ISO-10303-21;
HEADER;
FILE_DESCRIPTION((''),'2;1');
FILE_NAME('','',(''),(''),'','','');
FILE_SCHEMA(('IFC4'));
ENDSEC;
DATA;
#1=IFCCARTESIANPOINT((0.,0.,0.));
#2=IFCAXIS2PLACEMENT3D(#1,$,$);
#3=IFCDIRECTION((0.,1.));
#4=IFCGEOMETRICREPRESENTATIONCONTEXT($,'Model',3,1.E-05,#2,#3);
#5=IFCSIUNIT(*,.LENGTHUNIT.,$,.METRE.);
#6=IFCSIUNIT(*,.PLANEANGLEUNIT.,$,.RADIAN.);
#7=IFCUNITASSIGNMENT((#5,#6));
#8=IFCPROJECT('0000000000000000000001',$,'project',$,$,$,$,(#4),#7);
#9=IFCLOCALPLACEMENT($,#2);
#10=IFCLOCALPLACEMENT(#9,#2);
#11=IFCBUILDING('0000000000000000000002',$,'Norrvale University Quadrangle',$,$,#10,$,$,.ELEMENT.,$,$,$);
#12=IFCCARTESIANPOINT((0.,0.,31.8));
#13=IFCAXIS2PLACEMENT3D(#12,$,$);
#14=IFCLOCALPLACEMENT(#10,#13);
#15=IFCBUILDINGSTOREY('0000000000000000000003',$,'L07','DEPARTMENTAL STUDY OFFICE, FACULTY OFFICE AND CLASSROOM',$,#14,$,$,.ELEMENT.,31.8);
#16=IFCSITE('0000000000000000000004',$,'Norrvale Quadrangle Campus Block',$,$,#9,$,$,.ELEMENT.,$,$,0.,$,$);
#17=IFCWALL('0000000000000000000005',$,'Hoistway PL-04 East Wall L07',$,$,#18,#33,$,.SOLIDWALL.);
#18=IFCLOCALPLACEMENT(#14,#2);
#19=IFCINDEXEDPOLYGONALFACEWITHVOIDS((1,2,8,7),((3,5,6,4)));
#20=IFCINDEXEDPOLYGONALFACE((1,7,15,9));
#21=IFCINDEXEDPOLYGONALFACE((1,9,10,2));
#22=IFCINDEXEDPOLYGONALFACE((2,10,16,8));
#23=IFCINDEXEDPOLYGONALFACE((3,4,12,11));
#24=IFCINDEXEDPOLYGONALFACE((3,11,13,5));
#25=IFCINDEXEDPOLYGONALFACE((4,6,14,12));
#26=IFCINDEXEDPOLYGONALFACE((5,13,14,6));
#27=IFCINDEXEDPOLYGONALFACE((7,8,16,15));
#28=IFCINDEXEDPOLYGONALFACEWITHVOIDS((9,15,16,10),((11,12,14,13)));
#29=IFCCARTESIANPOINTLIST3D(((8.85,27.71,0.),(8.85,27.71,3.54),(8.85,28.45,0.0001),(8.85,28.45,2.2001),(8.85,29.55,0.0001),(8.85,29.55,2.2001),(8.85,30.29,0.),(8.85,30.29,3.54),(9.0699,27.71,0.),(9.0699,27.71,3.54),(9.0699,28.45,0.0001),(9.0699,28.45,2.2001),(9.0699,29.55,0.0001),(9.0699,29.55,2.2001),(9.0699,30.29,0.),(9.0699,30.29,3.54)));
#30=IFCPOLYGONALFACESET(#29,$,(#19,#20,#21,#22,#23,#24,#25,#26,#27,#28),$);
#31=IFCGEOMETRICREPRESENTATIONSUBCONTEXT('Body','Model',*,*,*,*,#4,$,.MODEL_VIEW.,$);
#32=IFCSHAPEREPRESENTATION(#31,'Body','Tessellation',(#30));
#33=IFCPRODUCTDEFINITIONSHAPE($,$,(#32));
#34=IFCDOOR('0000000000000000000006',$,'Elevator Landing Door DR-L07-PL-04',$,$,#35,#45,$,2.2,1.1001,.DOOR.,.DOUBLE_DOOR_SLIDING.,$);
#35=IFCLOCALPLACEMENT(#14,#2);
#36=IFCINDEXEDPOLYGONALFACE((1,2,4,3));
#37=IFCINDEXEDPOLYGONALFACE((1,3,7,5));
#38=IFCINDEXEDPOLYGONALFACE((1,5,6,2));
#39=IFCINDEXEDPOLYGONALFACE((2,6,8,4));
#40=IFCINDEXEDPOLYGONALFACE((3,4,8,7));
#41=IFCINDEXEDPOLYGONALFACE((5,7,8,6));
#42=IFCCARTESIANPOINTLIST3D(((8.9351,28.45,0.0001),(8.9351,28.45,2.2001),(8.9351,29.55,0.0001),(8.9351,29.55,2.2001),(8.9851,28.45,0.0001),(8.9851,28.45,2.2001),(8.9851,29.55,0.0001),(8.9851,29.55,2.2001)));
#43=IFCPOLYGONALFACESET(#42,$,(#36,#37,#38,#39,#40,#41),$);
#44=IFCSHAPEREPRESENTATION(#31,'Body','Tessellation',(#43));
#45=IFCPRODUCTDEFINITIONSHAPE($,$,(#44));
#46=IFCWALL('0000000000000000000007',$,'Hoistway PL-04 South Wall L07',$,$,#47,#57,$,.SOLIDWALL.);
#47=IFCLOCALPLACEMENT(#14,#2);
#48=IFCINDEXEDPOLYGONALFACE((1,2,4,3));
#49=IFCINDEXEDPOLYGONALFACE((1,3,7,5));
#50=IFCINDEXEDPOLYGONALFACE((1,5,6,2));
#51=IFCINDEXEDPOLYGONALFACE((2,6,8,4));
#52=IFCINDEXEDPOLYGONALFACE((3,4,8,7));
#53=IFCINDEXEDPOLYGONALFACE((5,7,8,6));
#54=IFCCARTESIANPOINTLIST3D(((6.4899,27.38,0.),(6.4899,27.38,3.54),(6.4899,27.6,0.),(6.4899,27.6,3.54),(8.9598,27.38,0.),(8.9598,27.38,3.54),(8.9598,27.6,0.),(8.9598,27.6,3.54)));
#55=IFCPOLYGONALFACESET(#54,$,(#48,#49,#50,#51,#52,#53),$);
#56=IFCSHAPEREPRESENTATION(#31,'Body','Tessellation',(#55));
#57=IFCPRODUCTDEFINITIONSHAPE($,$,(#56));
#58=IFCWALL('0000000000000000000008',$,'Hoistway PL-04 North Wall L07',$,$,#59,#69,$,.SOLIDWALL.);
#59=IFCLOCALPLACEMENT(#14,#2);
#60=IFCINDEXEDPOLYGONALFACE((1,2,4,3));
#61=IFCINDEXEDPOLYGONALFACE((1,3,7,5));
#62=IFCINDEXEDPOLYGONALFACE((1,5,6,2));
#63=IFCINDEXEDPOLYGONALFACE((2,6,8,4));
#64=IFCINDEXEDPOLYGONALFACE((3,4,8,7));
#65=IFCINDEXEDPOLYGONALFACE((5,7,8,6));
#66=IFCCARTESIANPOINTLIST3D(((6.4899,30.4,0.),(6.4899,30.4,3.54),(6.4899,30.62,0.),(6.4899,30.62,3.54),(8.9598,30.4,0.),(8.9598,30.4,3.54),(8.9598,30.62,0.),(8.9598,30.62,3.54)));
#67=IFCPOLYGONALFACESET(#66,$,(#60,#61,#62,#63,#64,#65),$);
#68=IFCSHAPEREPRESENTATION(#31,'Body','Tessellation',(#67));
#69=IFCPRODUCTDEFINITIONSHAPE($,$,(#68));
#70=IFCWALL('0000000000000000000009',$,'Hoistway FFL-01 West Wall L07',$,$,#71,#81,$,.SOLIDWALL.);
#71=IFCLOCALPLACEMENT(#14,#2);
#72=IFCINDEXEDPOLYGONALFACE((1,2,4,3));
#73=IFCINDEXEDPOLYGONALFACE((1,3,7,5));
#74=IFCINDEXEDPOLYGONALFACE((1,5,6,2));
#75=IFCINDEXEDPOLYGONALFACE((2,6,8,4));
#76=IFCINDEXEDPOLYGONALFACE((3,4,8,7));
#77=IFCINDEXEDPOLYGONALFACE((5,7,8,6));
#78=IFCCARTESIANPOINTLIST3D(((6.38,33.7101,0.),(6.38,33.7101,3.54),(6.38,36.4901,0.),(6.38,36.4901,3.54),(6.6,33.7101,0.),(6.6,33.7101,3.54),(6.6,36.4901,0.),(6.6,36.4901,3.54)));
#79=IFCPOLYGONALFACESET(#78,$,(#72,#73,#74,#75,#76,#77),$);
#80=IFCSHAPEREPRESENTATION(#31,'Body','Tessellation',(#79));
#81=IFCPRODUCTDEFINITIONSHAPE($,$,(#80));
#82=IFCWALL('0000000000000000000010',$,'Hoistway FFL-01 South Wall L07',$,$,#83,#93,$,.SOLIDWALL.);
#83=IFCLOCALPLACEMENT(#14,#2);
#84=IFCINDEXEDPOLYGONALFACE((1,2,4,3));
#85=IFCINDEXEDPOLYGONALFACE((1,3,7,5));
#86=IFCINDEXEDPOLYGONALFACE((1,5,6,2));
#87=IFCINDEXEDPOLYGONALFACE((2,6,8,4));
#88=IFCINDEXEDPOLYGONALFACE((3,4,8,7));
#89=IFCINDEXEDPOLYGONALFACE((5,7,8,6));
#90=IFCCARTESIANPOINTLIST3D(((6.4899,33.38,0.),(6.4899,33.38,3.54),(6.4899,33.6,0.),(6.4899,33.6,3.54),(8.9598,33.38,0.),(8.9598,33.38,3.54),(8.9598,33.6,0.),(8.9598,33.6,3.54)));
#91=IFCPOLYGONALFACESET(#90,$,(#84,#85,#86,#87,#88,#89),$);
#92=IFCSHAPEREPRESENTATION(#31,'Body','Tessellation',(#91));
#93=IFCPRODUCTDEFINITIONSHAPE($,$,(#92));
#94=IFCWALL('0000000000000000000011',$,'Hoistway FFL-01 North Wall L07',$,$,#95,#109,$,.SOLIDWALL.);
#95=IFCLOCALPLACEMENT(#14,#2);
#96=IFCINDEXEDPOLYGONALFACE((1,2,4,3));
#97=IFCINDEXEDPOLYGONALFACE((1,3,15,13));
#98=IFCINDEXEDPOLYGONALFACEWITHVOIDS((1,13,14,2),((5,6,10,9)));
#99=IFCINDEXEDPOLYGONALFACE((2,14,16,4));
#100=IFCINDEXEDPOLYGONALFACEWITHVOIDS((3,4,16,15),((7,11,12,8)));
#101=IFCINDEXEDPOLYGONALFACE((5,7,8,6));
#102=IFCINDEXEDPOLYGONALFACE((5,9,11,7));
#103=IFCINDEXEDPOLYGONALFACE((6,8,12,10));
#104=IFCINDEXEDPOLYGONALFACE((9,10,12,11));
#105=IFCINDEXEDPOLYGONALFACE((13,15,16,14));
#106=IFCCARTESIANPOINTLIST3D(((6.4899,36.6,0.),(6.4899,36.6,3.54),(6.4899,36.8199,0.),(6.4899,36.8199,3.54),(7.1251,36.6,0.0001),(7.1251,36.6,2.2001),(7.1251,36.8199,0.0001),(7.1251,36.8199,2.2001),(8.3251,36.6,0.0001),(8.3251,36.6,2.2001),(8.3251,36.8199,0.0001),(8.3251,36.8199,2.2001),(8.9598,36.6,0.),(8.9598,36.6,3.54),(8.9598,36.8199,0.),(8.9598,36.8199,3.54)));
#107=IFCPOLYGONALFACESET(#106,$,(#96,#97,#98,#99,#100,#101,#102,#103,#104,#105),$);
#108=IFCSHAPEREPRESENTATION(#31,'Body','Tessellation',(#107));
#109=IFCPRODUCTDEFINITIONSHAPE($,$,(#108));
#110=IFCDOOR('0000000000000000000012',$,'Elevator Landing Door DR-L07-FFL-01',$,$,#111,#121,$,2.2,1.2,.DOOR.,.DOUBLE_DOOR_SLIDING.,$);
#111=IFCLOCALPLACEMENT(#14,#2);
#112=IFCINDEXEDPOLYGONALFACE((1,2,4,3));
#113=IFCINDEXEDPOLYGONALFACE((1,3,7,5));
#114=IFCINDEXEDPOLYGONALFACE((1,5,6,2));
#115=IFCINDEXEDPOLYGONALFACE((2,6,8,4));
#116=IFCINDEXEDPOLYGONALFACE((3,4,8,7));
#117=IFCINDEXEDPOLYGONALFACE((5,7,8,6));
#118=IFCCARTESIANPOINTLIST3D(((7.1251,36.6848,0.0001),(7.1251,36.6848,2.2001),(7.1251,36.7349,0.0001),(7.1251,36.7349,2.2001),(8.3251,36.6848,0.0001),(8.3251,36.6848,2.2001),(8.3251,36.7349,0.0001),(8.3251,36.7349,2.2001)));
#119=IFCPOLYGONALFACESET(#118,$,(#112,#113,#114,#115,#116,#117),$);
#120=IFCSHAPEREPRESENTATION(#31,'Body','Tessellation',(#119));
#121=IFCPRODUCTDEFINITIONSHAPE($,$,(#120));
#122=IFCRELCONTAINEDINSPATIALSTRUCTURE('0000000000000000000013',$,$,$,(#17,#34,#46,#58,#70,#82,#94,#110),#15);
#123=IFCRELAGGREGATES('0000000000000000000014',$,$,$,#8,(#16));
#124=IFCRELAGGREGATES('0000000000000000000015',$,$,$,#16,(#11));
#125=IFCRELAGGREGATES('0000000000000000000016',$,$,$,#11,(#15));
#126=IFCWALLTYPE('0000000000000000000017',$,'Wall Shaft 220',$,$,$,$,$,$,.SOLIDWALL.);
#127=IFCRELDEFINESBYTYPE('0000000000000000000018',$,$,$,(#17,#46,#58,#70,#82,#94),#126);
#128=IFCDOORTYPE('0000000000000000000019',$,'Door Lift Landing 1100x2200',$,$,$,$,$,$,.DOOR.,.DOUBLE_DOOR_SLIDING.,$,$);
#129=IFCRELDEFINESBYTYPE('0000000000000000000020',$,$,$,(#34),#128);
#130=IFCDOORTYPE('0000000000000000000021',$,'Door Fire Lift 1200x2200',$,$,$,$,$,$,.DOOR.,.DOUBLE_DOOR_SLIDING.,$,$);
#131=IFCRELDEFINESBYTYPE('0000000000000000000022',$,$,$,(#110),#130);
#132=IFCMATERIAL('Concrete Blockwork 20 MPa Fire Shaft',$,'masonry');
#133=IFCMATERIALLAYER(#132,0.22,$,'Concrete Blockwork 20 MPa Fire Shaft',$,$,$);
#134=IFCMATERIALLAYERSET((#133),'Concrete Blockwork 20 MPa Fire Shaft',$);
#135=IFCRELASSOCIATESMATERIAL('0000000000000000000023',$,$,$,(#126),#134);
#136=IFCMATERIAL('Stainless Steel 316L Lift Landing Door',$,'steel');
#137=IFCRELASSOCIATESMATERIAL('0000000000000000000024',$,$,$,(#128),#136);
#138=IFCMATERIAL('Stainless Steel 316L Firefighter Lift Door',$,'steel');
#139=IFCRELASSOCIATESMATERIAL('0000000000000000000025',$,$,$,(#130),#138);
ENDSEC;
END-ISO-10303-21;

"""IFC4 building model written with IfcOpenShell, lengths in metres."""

from ifc_helpers import new_model, si_unit, direction, frame, frame_2d, origin, place, context, subcontext, project, spatial, rectangle, extrude, material, layer, layer_set, type_object, element, fill, save


model = new_model("IFC4")

# Units and contexts
model_context = context("Model", 3, precision=1e-05, world=origin(), true_north=direction((0.0, 1.0)))
body_context = subcontext(model_context, "Body", "Model", "MODEL_VIEW")
ifc_project = project(units=[si_unit("LENGTHUNIT", "METRE"), si_unit("PLANEANGLEUNIT", "RADIAN")], contexts=[model_context])

# Site, building, storey
site_placement = place(None, origin())
site = spatial("IfcSite", under=ifc_project, at=site_placement, Name="Norrvale Quadrangle Campus Block", CompositionType="ELEMENT", RefElevation=0.0)
building_placement = place(site_placement, origin())
building = spatial("IfcBuilding", under=site, at=building_placement, Name="Norrvale University Quadrangle", CompositionType="ELEMENT")
storey_placement = place(building_placement, frame((0.0, 0.0, 31.8)))
storey = spatial("IfcBuildingStorey", under=building, at=storey_placement, Name="L07", Description="DEPARTMENTAL STUDY OFFICE, FACULTY OFFICE AND CLASSROOM", CompositionType="ELEMENT", Elevation=31.8)

# Shared definitions
ifc_material_1 = material(Name="Concrete Blockwork 20 MPa Fire Shaft", Category="masonry")
ifc_layer_1 = layer(ifc_material_1, 0.22, Name="Concrete Blockwork 20 MPa Fire Shaft")
ifc_layer_set_1 = layer_set([ifc_layer_1], Name="Concrete Blockwork 20 MPa Fire Shaft")
wall_type_1 = type_object("IfcWallType", Name="Wall Shaft 220", PredefinedType="SOLIDWALL", material=ifc_layer_set_1)

# Shared definitions
ifc_material_2 = material(Name="Stainless Steel 316L Lift Landing Door", Category="steel")
door_type_1 = type_object("IfcDoorType", Name="Door Lift Landing 1100x2200", OperationType="DOUBLE_DOOR_SLIDING", PredefinedType="DOOR", material=ifc_material_2)

# Wall, opening, door
wall_1_placement = place(storey_placement, frame((8.96, 27.71, 0.0), z_axis=(0.0, 0.0, 1.0), x_axis=(0.0, 1.0, 0.0)))
wall_1 = element("IfcWall", 1, at=wall_1_placement, inside=storey, type_object=wall_type_1, Name="Hoistway PL-04 East Wall L07", PredefinedType="SOLIDWALL", context=body_context, shape_type="SweptSolid", body=[
    extrude(rectangle(XDim=2.5801, YDim=0.22, at=frame_2d((1.29, 0.0))), origin(), (0.0, 0.0, 1.0), 3.54),
])
opening_1_placement = place(wall_1_placement, frame((0.74, 0.0, 0.0)))
opening_1 = element("IfcOpeningElement", 2, at=opening_1_placement, cuts=wall_1, PredefinedType="OPENING", context=body_context, shape_type="SweptSolid", body=[
    extrude(rectangle(XDim=1.1001, YDim=2.2, at=frame_2d((0.55, 1.1001))), frame((0.0, 0.1221, 0.0), z_axis=(0.0, -1.0, 0.0), x_axis=(1.0, 0.0, 0.0)), (0.0, 0.0, 1.0), 0.2439),
])
door_1_placement = place(opening_1_placement, origin())
door_1 = element("IfcDoor", 3, at=door_1_placement, inside=storey, type_object=door_type_1, Name="Elevator Landing Door DR-L07-PL-04", OperationType="DOUBLE_DOOR_SLIDING", OverallHeight=2.2, OverallWidth=1.1001, PredefinedType="DOOR", context=body_context, shape_type="SweptSolid", body=[
    extrude(rectangle(XDim=1.1001, YDim=2.2, at=frame_2d((0.55, 1.1001))), frame((0.0, 0.0249, 0.0), z_axis=(0.0, -1.0, 0.0), x_axis=(1.0, 0.0, 0.0)), (0.0, 0.0, 1.0), 0.05),
])
fill(opening_1, door_1)

# Walls
for number, where, z_axis, x_axis, name in (
    (4, (6.49, 27.49, 0.0), (0.0, 0.0, 1.0), (1.0, 0.0, 0.0), "Hoistway PL-04 South Wall L07"),
    (5, (6.49, 30.51, 0.0), (0.0, 0.0, 1.0), (1.0, 0.0, 0.0), "Hoistway PL-04 North Wall L07"),
):
    element("IfcWall", number, at=place(storey_placement, frame(where, z_axis=z_axis, x_axis=x_axis)), inside=storey, type_object=wall_type_1, Name=name, PredefinedType="SOLIDWALL", context=body_context, shape_type="SweptSolid", body=[
        extrude(rectangle(XDim=2.47, YDim=0.22, at=frame_2d((1.2349, 0.0))), origin(), (0.0, 0.0, 1.0), 3.54),
    ])
wall_2_placement = place(storey_placement, frame((6.49, 33.71, 0.0), z_axis=(0.0, 0.0, 1.0), x_axis=(0.0, 1.0, 0.0)))
element("IfcWall", 6, at=wall_2_placement, inside=storey, type_object=wall_type_1, Name="Hoistway FFL-01 West Wall L07", PredefinedType="SOLIDWALL", context=body_context, shape_type="SweptSolid", body=[
    extrude(rectangle(XDim=2.78, YDim=0.22, at=frame_2d((1.3901, 0.0))), origin(), (0.0, 0.0, 1.0), 3.54),
])
wall_3_placement = place(storey_placement, frame((6.49, 33.49, 0.0), z_axis=(0.0, 0.0, 1.0), x_axis=(1.0, 0.0, 0.0)))
element("IfcWall", 7, at=wall_3_placement, inside=storey, type_object=wall_type_1, Name="Hoistway FFL-01 South Wall L07", PredefinedType="SOLIDWALL", context=body_context, shape_type="SweptSolid", body=[
    extrude(rectangle(XDim=2.47, YDim=0.22, at=frame_2d((1.2349, 0.0))), origin(), (0.0, 0.0, 1.0), 3.54),
])

# Wall, opening, door
wall_4_placement = place(storey_placement, frame((6.49, 36.71, 0.0), z_axis=(0.0, 0.0, 1.0), x_axis=(1.0, 0.0, 0.0)))
wall_4 = element("IfcWall", 8, at=wall_4_placement, inside=storey, type_object=wall_type_1, Name="Hoistway FFL-01 North Wall L07", PredefinedType="SOLIDWALL", context=body_context, shape_type="SweptSolid", body=[
    extrude(rectangle(XDim=2.47, YDim=0.22, at=frame_2d((1.2349, 0.0))), origin(), (0.0, 0.0, 1.0), 3.54),
])
opening_2_placement = place(wall_4_placement, frame((0.635, 0.0, 0.0)))
opening_2 = element("IfcOpeningElement", 9, at=opening_2_placement, cuts=wall_4, PredefinedType="OPENING", context=body_context, shape_type="SweptSolid", body=[
    extrude(rectangle(XDim=1.2, YDim=2.2, at=frame_2d((0.6001, 1.1001))), frame((0.0, 0.1221, 0.0), z_axis=(0.0, -1.0, 0.0), x_axis=(1.0, 0.0, 0.0)), (0.0, 0.0, 1.0), 0.2439),
])
ifc_material_3 = material(Name="Stainless Steel 316L Firefighter Lift Door", Category="steel")
door_type_2 = type_object("IfcDoorType", Name="Door Fire Lift 1200x2200", OperationType="DOUBLE_DOOR_SLIDING", PredefinedType="DOOR", material=ifc_material_3)
door_2_placement = place(opening_2_placement, origin())
door_2 = element("IfcDoor", 10, at=door_2_placement, inside=storey, type_object=door_type_2, Name="Elevator Landing Door DR-L07-FFL-01", OperationType="DOUBLE_DOOR_SLIDING", OverallHeight=2.2, OverallWidth=1.2, PredefinedType="DOOR", context=body_context, shape_type="SweptSolid", body=[
    extrude(rectangle(XDim=1.2, YDim=2.2, at=frame_2d((0.6001, 1.1001))), frame((0.0, 0.0249, 0.0), z_axis=(0.0, -1.0, 0.0), x_axis=(1.0, 0.0, 0.0)), (0.0, 0.0, 1.0), 0.05),
])
fill(opening_2, door_2)

save(model, "model.ifc")
